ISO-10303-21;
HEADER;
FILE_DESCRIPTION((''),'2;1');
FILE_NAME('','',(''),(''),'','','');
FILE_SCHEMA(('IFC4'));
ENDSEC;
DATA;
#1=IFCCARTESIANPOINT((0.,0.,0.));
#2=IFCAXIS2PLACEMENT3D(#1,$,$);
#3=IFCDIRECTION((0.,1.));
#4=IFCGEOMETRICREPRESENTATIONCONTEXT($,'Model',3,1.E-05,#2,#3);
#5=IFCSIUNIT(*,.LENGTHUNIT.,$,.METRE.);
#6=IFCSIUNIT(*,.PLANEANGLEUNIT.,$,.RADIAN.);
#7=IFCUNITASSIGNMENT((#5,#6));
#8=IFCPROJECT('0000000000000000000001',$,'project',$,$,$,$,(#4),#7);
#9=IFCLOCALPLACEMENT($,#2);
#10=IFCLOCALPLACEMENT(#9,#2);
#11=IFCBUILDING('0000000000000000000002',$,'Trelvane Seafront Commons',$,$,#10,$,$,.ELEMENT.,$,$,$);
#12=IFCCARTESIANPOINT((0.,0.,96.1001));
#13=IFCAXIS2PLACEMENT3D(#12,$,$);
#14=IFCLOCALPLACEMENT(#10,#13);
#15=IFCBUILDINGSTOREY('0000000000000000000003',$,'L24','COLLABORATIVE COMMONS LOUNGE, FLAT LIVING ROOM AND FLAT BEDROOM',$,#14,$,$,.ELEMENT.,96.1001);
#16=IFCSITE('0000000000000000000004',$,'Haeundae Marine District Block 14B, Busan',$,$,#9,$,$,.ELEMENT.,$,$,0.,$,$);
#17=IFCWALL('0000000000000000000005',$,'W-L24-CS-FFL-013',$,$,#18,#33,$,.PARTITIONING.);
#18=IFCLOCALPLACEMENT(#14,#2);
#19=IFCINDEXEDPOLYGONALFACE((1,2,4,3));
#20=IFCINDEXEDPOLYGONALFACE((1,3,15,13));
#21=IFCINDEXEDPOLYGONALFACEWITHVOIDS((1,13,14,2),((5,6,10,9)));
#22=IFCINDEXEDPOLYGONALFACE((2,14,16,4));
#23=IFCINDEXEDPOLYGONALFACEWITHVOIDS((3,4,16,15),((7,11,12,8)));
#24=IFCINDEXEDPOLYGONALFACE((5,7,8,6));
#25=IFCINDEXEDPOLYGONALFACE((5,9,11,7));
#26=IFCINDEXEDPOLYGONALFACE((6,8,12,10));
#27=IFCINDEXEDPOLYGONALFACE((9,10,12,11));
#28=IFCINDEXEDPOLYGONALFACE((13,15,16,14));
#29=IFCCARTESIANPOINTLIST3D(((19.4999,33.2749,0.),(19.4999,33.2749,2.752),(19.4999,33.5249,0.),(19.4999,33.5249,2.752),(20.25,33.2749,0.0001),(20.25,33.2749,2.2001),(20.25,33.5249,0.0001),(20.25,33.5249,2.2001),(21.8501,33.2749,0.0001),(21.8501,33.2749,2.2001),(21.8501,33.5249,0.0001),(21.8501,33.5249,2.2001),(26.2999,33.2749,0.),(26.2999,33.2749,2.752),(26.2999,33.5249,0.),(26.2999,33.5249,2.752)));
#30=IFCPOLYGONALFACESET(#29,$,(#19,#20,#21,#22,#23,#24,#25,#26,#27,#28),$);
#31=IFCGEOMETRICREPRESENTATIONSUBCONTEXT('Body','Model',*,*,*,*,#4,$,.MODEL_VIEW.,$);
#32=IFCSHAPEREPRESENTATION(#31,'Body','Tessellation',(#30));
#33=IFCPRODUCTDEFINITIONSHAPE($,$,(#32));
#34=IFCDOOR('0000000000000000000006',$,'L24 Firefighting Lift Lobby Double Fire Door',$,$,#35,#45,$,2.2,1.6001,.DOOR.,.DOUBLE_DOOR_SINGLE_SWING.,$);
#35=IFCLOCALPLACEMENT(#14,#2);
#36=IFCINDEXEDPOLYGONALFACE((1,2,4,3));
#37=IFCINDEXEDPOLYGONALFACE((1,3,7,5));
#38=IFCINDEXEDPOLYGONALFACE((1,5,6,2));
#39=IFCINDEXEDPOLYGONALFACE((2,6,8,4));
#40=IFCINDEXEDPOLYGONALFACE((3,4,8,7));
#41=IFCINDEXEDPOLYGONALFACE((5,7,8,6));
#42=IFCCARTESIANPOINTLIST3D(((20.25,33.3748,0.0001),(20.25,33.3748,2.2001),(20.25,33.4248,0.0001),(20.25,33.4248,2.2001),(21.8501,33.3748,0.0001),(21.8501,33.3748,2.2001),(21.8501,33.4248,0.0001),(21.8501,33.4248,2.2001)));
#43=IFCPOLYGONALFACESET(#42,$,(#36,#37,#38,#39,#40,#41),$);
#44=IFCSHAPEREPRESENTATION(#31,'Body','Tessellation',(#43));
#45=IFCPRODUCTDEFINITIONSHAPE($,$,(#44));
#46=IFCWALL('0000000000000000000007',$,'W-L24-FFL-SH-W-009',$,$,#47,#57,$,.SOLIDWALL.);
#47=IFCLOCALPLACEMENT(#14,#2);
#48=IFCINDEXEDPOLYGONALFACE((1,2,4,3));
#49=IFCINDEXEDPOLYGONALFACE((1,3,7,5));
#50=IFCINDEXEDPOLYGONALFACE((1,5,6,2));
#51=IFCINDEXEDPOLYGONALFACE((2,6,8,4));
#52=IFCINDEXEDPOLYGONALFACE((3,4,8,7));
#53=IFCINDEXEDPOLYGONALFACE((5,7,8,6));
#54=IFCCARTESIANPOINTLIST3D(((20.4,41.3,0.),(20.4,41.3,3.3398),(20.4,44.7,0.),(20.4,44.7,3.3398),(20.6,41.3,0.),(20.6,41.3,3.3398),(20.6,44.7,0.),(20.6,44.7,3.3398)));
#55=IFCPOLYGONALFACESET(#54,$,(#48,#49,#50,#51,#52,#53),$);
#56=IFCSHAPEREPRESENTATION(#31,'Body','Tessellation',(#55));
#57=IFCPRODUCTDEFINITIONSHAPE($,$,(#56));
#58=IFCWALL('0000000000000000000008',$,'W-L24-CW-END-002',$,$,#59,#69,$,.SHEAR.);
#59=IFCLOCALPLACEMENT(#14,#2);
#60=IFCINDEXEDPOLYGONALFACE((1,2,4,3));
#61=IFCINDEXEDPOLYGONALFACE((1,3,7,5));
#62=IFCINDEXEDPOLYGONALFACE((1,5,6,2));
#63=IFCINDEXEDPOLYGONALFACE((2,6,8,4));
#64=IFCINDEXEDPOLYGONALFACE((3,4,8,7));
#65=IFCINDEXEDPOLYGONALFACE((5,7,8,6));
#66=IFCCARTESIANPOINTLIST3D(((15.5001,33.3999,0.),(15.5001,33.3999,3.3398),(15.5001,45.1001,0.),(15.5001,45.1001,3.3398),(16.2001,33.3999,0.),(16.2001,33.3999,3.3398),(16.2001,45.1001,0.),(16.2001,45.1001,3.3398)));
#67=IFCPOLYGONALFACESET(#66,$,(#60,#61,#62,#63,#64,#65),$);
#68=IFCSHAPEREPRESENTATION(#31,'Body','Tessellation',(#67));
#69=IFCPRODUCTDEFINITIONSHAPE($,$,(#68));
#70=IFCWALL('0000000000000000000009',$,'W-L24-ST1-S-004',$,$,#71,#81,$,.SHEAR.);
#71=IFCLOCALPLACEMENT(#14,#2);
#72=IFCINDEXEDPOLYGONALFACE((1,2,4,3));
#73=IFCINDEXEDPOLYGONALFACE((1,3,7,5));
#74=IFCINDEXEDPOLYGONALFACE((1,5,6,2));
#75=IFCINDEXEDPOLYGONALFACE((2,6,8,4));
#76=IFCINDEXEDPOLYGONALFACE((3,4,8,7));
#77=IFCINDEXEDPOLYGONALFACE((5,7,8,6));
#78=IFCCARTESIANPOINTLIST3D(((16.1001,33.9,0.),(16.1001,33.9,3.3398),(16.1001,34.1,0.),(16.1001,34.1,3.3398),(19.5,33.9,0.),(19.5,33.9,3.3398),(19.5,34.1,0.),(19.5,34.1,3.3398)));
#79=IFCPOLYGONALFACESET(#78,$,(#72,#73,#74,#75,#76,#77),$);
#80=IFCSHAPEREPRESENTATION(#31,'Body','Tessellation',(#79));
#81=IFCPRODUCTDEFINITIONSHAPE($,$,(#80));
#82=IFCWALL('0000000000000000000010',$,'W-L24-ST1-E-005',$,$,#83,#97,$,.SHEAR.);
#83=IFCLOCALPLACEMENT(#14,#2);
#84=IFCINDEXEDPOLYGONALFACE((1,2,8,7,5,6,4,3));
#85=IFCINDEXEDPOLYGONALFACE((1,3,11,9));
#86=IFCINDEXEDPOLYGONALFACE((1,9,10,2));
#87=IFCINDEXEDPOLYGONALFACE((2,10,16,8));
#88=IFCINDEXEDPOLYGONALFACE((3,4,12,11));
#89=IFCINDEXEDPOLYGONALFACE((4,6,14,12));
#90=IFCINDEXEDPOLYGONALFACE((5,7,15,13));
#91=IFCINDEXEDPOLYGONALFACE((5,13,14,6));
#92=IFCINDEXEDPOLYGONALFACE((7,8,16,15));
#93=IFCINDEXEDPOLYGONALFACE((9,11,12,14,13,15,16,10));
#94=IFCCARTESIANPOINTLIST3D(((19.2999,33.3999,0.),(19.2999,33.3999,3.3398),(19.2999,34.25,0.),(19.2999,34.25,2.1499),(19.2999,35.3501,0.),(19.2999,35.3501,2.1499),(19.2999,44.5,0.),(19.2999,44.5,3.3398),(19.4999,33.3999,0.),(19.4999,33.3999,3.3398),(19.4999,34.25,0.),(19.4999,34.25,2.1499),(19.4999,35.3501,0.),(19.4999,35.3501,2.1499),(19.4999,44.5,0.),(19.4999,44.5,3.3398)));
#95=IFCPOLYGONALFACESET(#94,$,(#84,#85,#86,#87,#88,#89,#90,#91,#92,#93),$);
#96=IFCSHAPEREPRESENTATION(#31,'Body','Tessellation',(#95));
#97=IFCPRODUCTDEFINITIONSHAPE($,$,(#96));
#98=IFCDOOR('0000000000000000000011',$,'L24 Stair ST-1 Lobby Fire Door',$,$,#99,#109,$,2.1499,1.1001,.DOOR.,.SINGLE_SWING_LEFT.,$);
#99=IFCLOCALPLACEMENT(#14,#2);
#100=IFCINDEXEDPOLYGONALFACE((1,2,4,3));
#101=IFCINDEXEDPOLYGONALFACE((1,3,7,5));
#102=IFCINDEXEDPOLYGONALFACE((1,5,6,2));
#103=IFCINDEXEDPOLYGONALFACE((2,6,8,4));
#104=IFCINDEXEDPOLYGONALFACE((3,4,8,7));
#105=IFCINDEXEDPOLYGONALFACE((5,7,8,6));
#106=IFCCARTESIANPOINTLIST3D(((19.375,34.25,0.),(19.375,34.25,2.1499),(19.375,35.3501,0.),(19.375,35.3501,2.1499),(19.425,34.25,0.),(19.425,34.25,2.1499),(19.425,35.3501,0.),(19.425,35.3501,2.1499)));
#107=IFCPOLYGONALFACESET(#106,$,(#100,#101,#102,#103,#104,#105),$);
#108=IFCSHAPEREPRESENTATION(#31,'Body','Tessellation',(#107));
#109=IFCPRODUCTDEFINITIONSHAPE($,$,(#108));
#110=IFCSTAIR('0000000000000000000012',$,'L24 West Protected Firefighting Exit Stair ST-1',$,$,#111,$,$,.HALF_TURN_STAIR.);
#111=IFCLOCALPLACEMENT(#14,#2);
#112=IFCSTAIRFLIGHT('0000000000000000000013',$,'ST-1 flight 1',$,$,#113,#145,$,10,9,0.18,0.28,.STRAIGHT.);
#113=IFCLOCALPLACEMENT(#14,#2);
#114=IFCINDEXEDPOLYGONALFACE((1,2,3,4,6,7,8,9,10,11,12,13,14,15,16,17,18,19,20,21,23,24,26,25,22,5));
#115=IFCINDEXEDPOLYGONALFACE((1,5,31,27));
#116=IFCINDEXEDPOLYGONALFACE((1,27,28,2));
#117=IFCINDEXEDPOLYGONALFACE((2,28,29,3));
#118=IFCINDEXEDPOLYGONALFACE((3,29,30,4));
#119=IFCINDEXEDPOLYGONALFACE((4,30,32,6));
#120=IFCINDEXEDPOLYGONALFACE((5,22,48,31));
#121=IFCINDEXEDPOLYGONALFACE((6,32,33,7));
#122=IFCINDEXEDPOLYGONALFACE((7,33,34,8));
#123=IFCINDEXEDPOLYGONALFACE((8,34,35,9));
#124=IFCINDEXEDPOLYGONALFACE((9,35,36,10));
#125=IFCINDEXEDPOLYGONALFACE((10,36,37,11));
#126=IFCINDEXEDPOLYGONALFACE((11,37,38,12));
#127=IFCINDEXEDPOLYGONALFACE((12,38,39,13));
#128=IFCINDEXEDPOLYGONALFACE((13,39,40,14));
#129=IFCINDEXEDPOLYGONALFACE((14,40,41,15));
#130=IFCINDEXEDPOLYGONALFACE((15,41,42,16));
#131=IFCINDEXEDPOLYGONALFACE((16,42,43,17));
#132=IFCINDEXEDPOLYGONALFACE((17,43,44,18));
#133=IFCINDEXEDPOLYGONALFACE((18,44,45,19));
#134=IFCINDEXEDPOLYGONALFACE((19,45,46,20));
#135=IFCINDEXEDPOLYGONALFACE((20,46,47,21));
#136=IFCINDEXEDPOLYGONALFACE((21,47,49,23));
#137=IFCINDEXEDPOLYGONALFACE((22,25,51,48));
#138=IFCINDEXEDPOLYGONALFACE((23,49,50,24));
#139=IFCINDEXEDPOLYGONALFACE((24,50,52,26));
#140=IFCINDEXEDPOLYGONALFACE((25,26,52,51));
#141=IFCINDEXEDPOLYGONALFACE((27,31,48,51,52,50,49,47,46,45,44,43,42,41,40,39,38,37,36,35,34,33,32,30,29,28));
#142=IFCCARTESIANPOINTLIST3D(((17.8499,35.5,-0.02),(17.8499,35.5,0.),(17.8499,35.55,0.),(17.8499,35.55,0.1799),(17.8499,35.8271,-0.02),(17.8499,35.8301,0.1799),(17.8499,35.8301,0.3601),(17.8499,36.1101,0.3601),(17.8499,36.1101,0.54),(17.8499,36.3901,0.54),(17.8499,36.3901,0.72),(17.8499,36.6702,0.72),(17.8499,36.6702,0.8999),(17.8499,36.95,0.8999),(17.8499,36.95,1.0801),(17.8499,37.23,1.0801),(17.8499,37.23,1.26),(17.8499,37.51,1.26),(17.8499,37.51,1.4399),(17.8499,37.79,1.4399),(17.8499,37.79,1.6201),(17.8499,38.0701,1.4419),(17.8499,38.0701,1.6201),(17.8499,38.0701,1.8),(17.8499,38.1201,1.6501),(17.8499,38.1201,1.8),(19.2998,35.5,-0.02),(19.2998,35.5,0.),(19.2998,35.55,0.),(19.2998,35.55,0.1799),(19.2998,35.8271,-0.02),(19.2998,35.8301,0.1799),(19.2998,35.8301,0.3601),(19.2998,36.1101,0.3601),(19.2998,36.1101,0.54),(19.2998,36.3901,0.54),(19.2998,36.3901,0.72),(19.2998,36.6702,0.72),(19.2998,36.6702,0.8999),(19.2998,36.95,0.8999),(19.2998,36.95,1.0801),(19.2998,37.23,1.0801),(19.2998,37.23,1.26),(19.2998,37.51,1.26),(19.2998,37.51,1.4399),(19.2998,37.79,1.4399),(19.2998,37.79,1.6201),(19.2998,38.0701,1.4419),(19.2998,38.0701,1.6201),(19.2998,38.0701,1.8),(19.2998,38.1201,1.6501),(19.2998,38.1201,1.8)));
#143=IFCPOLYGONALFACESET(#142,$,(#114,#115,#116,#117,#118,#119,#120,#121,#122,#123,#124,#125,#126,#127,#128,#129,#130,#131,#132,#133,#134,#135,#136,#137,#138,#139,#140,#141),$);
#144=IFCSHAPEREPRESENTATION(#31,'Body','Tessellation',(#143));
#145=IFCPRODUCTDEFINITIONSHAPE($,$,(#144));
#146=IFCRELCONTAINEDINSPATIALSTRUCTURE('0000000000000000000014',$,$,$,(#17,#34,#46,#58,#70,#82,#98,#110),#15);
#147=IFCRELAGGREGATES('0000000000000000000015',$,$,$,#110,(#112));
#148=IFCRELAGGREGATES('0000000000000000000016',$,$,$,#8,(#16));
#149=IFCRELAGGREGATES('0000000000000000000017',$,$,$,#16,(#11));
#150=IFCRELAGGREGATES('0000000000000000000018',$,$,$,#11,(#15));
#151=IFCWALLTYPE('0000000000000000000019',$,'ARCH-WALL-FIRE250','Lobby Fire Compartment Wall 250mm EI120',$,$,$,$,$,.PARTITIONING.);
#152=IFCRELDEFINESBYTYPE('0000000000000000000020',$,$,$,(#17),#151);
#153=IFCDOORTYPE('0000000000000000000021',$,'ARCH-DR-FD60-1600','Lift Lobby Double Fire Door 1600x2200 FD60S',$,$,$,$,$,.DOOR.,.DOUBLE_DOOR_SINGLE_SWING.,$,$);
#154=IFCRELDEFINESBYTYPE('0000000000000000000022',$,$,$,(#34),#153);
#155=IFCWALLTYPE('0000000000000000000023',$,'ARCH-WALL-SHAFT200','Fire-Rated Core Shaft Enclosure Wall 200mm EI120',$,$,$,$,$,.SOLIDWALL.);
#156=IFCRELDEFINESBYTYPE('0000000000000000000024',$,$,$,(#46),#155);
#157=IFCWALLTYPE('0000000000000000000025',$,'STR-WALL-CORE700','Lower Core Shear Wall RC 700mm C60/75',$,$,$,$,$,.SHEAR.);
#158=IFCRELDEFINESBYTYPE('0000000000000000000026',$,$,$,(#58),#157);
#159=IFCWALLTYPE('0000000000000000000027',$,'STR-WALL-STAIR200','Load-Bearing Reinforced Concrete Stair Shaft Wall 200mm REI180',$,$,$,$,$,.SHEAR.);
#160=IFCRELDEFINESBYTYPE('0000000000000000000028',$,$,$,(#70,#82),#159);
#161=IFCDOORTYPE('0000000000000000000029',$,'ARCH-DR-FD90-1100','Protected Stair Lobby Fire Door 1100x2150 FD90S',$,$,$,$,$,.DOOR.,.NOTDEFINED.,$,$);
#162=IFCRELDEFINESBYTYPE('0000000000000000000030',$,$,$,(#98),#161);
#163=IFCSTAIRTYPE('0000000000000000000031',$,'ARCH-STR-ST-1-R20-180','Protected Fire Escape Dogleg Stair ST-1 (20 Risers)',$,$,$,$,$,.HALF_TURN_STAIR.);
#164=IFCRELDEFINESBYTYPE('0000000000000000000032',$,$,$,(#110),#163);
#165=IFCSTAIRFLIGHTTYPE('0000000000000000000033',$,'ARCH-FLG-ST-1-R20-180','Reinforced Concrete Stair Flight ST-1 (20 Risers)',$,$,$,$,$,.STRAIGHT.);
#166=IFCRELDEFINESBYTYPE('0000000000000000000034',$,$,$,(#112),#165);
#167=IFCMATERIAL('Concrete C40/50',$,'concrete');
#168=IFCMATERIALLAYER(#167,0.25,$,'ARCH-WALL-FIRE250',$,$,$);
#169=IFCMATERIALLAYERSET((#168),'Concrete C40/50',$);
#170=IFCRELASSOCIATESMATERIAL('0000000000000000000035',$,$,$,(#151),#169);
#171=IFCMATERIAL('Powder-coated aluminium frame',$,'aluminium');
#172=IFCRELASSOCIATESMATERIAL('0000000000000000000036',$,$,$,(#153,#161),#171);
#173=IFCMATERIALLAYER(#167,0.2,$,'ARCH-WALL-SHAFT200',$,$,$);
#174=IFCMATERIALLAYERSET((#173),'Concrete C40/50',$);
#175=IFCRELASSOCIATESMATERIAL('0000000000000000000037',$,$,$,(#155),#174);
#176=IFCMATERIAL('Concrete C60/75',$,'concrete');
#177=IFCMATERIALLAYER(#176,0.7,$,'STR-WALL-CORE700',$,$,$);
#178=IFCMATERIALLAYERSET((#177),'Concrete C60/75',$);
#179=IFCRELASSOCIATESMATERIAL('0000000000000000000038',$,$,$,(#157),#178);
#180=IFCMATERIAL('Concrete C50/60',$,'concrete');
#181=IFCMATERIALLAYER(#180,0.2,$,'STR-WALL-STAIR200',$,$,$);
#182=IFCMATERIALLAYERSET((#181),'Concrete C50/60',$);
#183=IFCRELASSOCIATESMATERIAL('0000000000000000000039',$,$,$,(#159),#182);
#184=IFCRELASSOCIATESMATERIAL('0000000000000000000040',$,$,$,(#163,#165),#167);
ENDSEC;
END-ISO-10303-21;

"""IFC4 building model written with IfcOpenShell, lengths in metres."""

from ifc_helpers import new_model, si_unit, direction, frame, frame_2d, origin, place, context, subcontext, project, spatial, polyline, rectangle, outline, extrude, source, transform, mapped, material, layer, layer_set, type_object, element, fill, aggregate, save


model = new_model("IFC4")

# Units and contexts
model_context = context("Model", 3, precision=1e-05, world=origin(), true_north=direction((0.0, 1.0)))
body_context = subcontext(model_context, "Body", "Model", "MODEL_VIEW")
ifc_project = project(units=[si_unit("LENGTHUNIT", "METRE"), si_unit("PLANEANGLEUNIT", "RADIAN")], contexts=[model_context])

# Site, building, storey
site_placement = place(None, origin())
site = spatial("IfcSite", under=ifc_project, at=site_placement, Name="Haeundae Marine District Block 14B, Busan", CompositionType="ELEMENT", RefElevation=0.0)
building_placement = place(site_placement, origin())
building = spatial("IfcBuilding", under=site, at=building_placement, Name="Trelvane Seafront Commons", CompositionType="ELEMENT")
storey_placement = place(building_placement, frame((0.0, 0.0, 96.1001)))
storey = spatial("IfcBuildingStorey", under=building, at=storey_placement, Name="L24", Description="COLLABORATIVE COMMONS LOUNGE, FLAT LIVING ROOM AND FLAT BEDROOM", CompositionType="ELEMENT", Elevation=96.1001)

# Shared definitions
ifc_material_1 = material(Name="Concrete C60/75", Category="concrete")

# Wall, opening, door
ifc_material_2 = material(Name="Concrete C40/50", Category="concrete")
ifc_layer_1 = layer(ifc_material_2, 0.25, Name="ARCH-WALL-FIRE250")
ifc_layer_set_1 = layer_set([ifc_layer_1], Name="Concrete C40/50")
wall_type_1 = type_object("IfcWallType", Name="ARCH-WALL-FIRE250", Description="Lobby Fire Compartment Wall 250mm EI120", PredefinedType="PARTITIONING", material=ifc_layer_set_1)
wall_1_placement = place(storey_placement, frame((19.5, 33.3999, 0.0), z_axis=(0.0, 0.0, 1.0), x_axis=(1.0, 0.0, 0.0)))
wall_1 = element("IfcWall", 1, at=wall_1_placement, inside=storey, type_object=wall_type_1, Name="W-L24-CS-FFL-013", PredefinedType="PARTITIONING", context=body_context, shape_type="SweptSolid", body=[
    extrude(rectangle(XDim=6.8, YDim=0.25, at=frame_2d((3.3999, 0.0))), origin(), (0.0, 0.0, 1.0), 2.752),
])
opening_1_placement = place(wall_1_placement, frame((0.75, 0.0, 0.0)))
opening_1 = element("IfcOpeningElement", 2, at=opening_1_placement, cuts=wall_1, PredefinedType="OPENING", context=body_context, shape_type="SweptSolid", body=[
    extrude(rectangle(XDim=1.6001, YDim=2.2, at=frame_2d((0.8, 1.1001))), frame((0.0, 0.135, 0.0), z_axis=(0.0, -1.0, 0.0), x_axis=(1.0, 0.0, 0.0)), (0.0, 0.0, 1.0), 0.27),
])
ifc_material_3 = material(Name="Powder-coated aluminium frame", Category="aluminium")
door_type_1 = type_object("IfcDoorType", Name="ARCH-DR-FD60-1600", Description="Lift Lobby Double Fire Door 1600x2200 FD60S", OperationType="DOUBLE_DOOR_SINGLE_SWING", PredefinedType="DOOR", material=ifc_material_3)
shared_shape_1 = source(origin(), body_context, "Body", "SweptSolid", [
    extrude(rectangle(XDim=1.6001, YDim=2.2, at=frame_2d((0.8, 1.1001))), frame((0.0, 0.0249, 0.0), z_axis=(0.0, -1.0, 0.0), x_axis=(1.0, 0.0, 0.0)), (0.0, 0.0, 1.0), 0.05),
])
door_1_placement = place(opening_1_placement, origin())
door_1 = element("IfcDoor", 3, at=door_1_placement, inside=storey, type_object=door_type_1, Name="L24 Firefighting Lift Lobby Double Fire Door", OperationType="DOUBLE_DOOR_SINGLE_SWING", OverallHeight=2.2, OverallWidth=1.6001, PredefinedType="DOOR", context=body_context, shape_type="MappedRepresentation", body=[
    mapped(shared_shape_1, transform((0.0, 0.0, 0.0), x_axis=(1.0, 0.0, 0.0), y_axis=(0.0, 1.0, 0.0), z_axis=(0.0, 0.0, 1.0), scale=1.0)),
])
fill(opening_1, door_1)

# Shared definitions
ifc_layer_2 = layer(ifc_material_2, 0.2, Name="ARCH-WALL-SHAFT200")
ifc_layer_set_2 = layer_set([ifc_layer_2], Name="Concrete C40/50")
wall_type_2 = type_object("IfcWallType", Name="ARCH-WALL-SHAFT200", Description="Fire-Rated Core Shaft Enclosure Wall 200mm EI120", PredefinedType="SOLIDWALL", material=ifc_layer_set_2)
shared_shape_2 = source(origin(), body_context, "Body", "SweptSolid", [
    extrude(rectangle(XDim=1.1001, YDim=2.1499, at=frame_2d((0.55, 1.075))), frame((0.0, 0.0249, 0.0), z_axis=(0.0, -1.0, 0.0), x_axis=(1.0, 0.0, 0.0)), (0.0, 0.0, 1.0), 0.05),
])

# Walls
wall_2_placement = place(storey_placement, frame((20.5, 41.3, 0.0), z_axis=(0.0, 0.0, 1.0), x_axis=(0.0, 1.0, 0.0)))
element("IfcWall", 4, at=wall_2_placement, inside=storey, type_object=wall_type_2, Name="W-L24-FFL-SH-W-009", PredefinedType="SOLIDWALL", context=body_context, shape_type="SweptSolid", body=[
    extrude(rectangle(XDim=3.3999, YDim=0.2, at=frame_2d((1.7, 0.0))), origin(), (0.0, 0.0, 1.0), 3.3398),
])
ifc_layer_3 = layer(ifc_material_1, 0.7, Name="STR-WALL-CORE700")
ifc_layer_set_3 = layer_set([ifc_layer_3], Name="Concrete C60/75")
wall_type_3 = type_object("IfcWallType", Name="STR-WALL-CORE700", Description="Lower Core Shear Wall RC 700mm C60/75", PredefinedType="SHEAR", material=ifc_layer_set_3)
wall_3_placement = place(storey_placement, frame((15.8501, 33.3999, 0.0), z_axis=(0.0, 0.0, 1.0), x_axis=(0.0, 1.0, 0.0)))
element("IfcWall", 5, at=wall_3_placement, inside=storey, type_object=wall_type_3, Name="W-L24-CW-END-002", PredefinedType="SHEAR", context=body_context, shape_type="SweptSolid", body=[
    extrude(rectangle(XDim=11.7002, YDim=0.7, at=frame_2d((5.8501, 0.0))), origin(), (0.0, 0.0, 1.0), 3.3398),
])
ifc_material_4 = material(Name="Concrete C50/60", Category="concrete")
ifc_layer_4 = layer(ifc_material_4, 0.2, Name="STR-WALL-STAIR200")
ifc_layer_set_4 = layer_set([ifc_layer_4], Name="Concrete C50/60")
wall_type_4 = type_object("IfcWallType", Name="STR-WALL-STAIR200", Description="Load-Bearing Reinforced Concrete Stair Shaft Wall 200mm REI180", PredefinedType="SHEAR", material=ifc_layer_set_4)
wall_4_placement = place(storey_placement, frame((16.1001, 34.0, 0.0), z_axis=(0.0, 0.0, 1.0), x_axis=(1.0, 0.0, 0.0)))
element("IfcWall", 6, at=wall_4_placement, inside=storey, type_object=wall_type_4, Name="W-L24-ST1-S-004", PredefinedType="SHEAR", context=body_context, shape_type="SweptSolid", body=[
    extrude(rectangle(XDim=3.3999, YDim=0.2, at=frame_2d((1.7, 0.0))), origin(), (0.0, 0.0, 1.0), 3.3398),
])

# Wall, opening, door
wall_5_placement = place(storey_placement, frame((19.3999, 33.3999, 0.0), z_axis=(0.0, 0.0, 1.0), x_axis=(0.0, 1.0, 0.0)))
wall_5 = element("IfcWall", 7, at=wall_5_placement, inside=storey, type_object=wall_type_4, Name="W-L24-ST1-E-005", PredefinedType="SHEAR", context=body_context, shape_type="SweptSolid", body=[
    extrude(rectangle(XDim=11.1001, YDim=0.2, at=frame_2d((5.55, 0.0))), origin(), (0.0, 0.0, 1.0), 3.3398),
])
opening_2_placement = place(wall_5_placement, frame((0.8501, 0.0, 0.0)))
opening_2 = element("IfcOpeningElement", 8, at=opening_2_placement, cuts=wall_5, PredefinedType="OPENING", context=body_context, shape_type="SweptSolid", body=[
    extrude(rectangle(XDim=1.1001, YDim=2.1499, at=frame_2d((0.55, 1.075))), frame((0.0, 0.1099, 0.0), z_axis=(0.0, -1.0, 0.0), x_axis=(1.0, 0.0, 0.0)), (0.0, 0.0, 1.0), 0.22),
])
door_type_2 = type_object("IfcDoorType", Name="ARCH-DR-FD90-1100", Description="Protected Stair Lobby Fire Door 1100x2150 FD90S", OperationType="NOTDEFINED", PredefinedType="DOOR", material=ifc_material_3)
door_2_placement = place(opening_2_placement, origin())
door_2 = element("IfcDoor", 9, at=door_2_placement, inside=storey, type_object=door_type_2, Name="L24 Stair ST-1 Lobby Fire Door", OperationType="SINGLE_SWING_LEFT", OverallHeight=2.1499, OverallWidth=1.1001, PredefinedType="DOOR", context=body_context, shape_type="MappedRepresentation", body=[
    mapped(shared_shape_2, transform((0.0, 0.0, 0.0), x_axis=(1.0, 0.0, 0.0), y_axis=(0.0, 1.0, 0.0), z_axis=(0.0, 0.0, 1.0), scale=1.0)),
])
fill(opening_2, door_2)

# Stair, stair flight
stair_type = type_object("IfcStairType", Name="ARCH-STR-ST-1-R20-180", Description="Protected Fire Escape Dogleg Stair ST-1 (20 Risers)", PredefinedType="HALF_TURN_STAIR", material=ifc_material_2)
stair_placement = place(storey_placement, origin())
stair = element("IfcStair", 10, at=stair_placement, inside=storey, type_object=stair_type, Name="L24 West Protected Firefighting Exit Stair ST-1", PredefinedType="HALF_TURN_STAIR")
stair_flight_type = type_object("IfcStairFlightType", Name="ARCH-FLG-ST-1-R20-180", Description="Reinforced Concrete Stair Flight ST-1 (20 Risers)", PredefinedType="STRAIGHT", material=ifc_material_2)
shared_shape_3 = source(origin(), body_context, "Body", "SweptSolid", [
    extrude(outline(polyline([(-0.05, -0.02), (-0.05, 0.0), (0.0, 0.0), (0.0, 0.1799), (0.28, 0.1799), (0.28, 0.3601), (0.5601, 0.3601), (0.5601, 0.54), (0.8401, 0.54), (0.8401, 0.72), (1.1201, 0.72), (1.1201, 0.8999), (1.3999, 0.8999), (1.3999, 1.0801), (1.6799, 1.0801), (1.6799, 1.26), (1.96, 1.26), (1.96, 1.4399), (2.24, 1.4399), (2.24, 1.6201), (2.52, 1.6201), (2.52, 1.8), (2.5701, 1.8), (2.5701, 1.6501), (2.52, 1.4419), (0.2771, -0.02), (-0.05, -0.02)])), frame((0.0, 0.7251, 0.0), z_axis=(0.0, -1.0, 0.0), x_axis=(1.0, 0.0, 0.0)), (0.0, 0.0, 1.0), 1.45),
])
stair_flight_1_placement = place(storey_placement, frame((18.575, 35.55, 0.0), z_axis=(0.0, 0.0, 1.0), x_axis=(0.0, 1.0, 0.0)))
stair_flight_1 = element("IfcStairFlight", 11, at=stair_flight_1_placement, type_object=stair_flight_type, Name="ST-1 flight 1", NumberOfRisers=10, NumberOfTreads=9, PredefinedType="STRAIGHT", RiserHeight=0.18, TreadLength=0.28, context=body_context, shape_type="MappedRepresentation", body=[
    mapped(shared_shape_3, transform((0.0, 0.0, 0.0), x_axis=(1.0, 0.0, 0.0), y_axis=(0.0, 1.0, 0.0), z_axis=(0.0, 0.0, 1.0), scale=1.0)),
])
aggregate(stair, [stair_flight_1])

save(model, "model.ifc")
